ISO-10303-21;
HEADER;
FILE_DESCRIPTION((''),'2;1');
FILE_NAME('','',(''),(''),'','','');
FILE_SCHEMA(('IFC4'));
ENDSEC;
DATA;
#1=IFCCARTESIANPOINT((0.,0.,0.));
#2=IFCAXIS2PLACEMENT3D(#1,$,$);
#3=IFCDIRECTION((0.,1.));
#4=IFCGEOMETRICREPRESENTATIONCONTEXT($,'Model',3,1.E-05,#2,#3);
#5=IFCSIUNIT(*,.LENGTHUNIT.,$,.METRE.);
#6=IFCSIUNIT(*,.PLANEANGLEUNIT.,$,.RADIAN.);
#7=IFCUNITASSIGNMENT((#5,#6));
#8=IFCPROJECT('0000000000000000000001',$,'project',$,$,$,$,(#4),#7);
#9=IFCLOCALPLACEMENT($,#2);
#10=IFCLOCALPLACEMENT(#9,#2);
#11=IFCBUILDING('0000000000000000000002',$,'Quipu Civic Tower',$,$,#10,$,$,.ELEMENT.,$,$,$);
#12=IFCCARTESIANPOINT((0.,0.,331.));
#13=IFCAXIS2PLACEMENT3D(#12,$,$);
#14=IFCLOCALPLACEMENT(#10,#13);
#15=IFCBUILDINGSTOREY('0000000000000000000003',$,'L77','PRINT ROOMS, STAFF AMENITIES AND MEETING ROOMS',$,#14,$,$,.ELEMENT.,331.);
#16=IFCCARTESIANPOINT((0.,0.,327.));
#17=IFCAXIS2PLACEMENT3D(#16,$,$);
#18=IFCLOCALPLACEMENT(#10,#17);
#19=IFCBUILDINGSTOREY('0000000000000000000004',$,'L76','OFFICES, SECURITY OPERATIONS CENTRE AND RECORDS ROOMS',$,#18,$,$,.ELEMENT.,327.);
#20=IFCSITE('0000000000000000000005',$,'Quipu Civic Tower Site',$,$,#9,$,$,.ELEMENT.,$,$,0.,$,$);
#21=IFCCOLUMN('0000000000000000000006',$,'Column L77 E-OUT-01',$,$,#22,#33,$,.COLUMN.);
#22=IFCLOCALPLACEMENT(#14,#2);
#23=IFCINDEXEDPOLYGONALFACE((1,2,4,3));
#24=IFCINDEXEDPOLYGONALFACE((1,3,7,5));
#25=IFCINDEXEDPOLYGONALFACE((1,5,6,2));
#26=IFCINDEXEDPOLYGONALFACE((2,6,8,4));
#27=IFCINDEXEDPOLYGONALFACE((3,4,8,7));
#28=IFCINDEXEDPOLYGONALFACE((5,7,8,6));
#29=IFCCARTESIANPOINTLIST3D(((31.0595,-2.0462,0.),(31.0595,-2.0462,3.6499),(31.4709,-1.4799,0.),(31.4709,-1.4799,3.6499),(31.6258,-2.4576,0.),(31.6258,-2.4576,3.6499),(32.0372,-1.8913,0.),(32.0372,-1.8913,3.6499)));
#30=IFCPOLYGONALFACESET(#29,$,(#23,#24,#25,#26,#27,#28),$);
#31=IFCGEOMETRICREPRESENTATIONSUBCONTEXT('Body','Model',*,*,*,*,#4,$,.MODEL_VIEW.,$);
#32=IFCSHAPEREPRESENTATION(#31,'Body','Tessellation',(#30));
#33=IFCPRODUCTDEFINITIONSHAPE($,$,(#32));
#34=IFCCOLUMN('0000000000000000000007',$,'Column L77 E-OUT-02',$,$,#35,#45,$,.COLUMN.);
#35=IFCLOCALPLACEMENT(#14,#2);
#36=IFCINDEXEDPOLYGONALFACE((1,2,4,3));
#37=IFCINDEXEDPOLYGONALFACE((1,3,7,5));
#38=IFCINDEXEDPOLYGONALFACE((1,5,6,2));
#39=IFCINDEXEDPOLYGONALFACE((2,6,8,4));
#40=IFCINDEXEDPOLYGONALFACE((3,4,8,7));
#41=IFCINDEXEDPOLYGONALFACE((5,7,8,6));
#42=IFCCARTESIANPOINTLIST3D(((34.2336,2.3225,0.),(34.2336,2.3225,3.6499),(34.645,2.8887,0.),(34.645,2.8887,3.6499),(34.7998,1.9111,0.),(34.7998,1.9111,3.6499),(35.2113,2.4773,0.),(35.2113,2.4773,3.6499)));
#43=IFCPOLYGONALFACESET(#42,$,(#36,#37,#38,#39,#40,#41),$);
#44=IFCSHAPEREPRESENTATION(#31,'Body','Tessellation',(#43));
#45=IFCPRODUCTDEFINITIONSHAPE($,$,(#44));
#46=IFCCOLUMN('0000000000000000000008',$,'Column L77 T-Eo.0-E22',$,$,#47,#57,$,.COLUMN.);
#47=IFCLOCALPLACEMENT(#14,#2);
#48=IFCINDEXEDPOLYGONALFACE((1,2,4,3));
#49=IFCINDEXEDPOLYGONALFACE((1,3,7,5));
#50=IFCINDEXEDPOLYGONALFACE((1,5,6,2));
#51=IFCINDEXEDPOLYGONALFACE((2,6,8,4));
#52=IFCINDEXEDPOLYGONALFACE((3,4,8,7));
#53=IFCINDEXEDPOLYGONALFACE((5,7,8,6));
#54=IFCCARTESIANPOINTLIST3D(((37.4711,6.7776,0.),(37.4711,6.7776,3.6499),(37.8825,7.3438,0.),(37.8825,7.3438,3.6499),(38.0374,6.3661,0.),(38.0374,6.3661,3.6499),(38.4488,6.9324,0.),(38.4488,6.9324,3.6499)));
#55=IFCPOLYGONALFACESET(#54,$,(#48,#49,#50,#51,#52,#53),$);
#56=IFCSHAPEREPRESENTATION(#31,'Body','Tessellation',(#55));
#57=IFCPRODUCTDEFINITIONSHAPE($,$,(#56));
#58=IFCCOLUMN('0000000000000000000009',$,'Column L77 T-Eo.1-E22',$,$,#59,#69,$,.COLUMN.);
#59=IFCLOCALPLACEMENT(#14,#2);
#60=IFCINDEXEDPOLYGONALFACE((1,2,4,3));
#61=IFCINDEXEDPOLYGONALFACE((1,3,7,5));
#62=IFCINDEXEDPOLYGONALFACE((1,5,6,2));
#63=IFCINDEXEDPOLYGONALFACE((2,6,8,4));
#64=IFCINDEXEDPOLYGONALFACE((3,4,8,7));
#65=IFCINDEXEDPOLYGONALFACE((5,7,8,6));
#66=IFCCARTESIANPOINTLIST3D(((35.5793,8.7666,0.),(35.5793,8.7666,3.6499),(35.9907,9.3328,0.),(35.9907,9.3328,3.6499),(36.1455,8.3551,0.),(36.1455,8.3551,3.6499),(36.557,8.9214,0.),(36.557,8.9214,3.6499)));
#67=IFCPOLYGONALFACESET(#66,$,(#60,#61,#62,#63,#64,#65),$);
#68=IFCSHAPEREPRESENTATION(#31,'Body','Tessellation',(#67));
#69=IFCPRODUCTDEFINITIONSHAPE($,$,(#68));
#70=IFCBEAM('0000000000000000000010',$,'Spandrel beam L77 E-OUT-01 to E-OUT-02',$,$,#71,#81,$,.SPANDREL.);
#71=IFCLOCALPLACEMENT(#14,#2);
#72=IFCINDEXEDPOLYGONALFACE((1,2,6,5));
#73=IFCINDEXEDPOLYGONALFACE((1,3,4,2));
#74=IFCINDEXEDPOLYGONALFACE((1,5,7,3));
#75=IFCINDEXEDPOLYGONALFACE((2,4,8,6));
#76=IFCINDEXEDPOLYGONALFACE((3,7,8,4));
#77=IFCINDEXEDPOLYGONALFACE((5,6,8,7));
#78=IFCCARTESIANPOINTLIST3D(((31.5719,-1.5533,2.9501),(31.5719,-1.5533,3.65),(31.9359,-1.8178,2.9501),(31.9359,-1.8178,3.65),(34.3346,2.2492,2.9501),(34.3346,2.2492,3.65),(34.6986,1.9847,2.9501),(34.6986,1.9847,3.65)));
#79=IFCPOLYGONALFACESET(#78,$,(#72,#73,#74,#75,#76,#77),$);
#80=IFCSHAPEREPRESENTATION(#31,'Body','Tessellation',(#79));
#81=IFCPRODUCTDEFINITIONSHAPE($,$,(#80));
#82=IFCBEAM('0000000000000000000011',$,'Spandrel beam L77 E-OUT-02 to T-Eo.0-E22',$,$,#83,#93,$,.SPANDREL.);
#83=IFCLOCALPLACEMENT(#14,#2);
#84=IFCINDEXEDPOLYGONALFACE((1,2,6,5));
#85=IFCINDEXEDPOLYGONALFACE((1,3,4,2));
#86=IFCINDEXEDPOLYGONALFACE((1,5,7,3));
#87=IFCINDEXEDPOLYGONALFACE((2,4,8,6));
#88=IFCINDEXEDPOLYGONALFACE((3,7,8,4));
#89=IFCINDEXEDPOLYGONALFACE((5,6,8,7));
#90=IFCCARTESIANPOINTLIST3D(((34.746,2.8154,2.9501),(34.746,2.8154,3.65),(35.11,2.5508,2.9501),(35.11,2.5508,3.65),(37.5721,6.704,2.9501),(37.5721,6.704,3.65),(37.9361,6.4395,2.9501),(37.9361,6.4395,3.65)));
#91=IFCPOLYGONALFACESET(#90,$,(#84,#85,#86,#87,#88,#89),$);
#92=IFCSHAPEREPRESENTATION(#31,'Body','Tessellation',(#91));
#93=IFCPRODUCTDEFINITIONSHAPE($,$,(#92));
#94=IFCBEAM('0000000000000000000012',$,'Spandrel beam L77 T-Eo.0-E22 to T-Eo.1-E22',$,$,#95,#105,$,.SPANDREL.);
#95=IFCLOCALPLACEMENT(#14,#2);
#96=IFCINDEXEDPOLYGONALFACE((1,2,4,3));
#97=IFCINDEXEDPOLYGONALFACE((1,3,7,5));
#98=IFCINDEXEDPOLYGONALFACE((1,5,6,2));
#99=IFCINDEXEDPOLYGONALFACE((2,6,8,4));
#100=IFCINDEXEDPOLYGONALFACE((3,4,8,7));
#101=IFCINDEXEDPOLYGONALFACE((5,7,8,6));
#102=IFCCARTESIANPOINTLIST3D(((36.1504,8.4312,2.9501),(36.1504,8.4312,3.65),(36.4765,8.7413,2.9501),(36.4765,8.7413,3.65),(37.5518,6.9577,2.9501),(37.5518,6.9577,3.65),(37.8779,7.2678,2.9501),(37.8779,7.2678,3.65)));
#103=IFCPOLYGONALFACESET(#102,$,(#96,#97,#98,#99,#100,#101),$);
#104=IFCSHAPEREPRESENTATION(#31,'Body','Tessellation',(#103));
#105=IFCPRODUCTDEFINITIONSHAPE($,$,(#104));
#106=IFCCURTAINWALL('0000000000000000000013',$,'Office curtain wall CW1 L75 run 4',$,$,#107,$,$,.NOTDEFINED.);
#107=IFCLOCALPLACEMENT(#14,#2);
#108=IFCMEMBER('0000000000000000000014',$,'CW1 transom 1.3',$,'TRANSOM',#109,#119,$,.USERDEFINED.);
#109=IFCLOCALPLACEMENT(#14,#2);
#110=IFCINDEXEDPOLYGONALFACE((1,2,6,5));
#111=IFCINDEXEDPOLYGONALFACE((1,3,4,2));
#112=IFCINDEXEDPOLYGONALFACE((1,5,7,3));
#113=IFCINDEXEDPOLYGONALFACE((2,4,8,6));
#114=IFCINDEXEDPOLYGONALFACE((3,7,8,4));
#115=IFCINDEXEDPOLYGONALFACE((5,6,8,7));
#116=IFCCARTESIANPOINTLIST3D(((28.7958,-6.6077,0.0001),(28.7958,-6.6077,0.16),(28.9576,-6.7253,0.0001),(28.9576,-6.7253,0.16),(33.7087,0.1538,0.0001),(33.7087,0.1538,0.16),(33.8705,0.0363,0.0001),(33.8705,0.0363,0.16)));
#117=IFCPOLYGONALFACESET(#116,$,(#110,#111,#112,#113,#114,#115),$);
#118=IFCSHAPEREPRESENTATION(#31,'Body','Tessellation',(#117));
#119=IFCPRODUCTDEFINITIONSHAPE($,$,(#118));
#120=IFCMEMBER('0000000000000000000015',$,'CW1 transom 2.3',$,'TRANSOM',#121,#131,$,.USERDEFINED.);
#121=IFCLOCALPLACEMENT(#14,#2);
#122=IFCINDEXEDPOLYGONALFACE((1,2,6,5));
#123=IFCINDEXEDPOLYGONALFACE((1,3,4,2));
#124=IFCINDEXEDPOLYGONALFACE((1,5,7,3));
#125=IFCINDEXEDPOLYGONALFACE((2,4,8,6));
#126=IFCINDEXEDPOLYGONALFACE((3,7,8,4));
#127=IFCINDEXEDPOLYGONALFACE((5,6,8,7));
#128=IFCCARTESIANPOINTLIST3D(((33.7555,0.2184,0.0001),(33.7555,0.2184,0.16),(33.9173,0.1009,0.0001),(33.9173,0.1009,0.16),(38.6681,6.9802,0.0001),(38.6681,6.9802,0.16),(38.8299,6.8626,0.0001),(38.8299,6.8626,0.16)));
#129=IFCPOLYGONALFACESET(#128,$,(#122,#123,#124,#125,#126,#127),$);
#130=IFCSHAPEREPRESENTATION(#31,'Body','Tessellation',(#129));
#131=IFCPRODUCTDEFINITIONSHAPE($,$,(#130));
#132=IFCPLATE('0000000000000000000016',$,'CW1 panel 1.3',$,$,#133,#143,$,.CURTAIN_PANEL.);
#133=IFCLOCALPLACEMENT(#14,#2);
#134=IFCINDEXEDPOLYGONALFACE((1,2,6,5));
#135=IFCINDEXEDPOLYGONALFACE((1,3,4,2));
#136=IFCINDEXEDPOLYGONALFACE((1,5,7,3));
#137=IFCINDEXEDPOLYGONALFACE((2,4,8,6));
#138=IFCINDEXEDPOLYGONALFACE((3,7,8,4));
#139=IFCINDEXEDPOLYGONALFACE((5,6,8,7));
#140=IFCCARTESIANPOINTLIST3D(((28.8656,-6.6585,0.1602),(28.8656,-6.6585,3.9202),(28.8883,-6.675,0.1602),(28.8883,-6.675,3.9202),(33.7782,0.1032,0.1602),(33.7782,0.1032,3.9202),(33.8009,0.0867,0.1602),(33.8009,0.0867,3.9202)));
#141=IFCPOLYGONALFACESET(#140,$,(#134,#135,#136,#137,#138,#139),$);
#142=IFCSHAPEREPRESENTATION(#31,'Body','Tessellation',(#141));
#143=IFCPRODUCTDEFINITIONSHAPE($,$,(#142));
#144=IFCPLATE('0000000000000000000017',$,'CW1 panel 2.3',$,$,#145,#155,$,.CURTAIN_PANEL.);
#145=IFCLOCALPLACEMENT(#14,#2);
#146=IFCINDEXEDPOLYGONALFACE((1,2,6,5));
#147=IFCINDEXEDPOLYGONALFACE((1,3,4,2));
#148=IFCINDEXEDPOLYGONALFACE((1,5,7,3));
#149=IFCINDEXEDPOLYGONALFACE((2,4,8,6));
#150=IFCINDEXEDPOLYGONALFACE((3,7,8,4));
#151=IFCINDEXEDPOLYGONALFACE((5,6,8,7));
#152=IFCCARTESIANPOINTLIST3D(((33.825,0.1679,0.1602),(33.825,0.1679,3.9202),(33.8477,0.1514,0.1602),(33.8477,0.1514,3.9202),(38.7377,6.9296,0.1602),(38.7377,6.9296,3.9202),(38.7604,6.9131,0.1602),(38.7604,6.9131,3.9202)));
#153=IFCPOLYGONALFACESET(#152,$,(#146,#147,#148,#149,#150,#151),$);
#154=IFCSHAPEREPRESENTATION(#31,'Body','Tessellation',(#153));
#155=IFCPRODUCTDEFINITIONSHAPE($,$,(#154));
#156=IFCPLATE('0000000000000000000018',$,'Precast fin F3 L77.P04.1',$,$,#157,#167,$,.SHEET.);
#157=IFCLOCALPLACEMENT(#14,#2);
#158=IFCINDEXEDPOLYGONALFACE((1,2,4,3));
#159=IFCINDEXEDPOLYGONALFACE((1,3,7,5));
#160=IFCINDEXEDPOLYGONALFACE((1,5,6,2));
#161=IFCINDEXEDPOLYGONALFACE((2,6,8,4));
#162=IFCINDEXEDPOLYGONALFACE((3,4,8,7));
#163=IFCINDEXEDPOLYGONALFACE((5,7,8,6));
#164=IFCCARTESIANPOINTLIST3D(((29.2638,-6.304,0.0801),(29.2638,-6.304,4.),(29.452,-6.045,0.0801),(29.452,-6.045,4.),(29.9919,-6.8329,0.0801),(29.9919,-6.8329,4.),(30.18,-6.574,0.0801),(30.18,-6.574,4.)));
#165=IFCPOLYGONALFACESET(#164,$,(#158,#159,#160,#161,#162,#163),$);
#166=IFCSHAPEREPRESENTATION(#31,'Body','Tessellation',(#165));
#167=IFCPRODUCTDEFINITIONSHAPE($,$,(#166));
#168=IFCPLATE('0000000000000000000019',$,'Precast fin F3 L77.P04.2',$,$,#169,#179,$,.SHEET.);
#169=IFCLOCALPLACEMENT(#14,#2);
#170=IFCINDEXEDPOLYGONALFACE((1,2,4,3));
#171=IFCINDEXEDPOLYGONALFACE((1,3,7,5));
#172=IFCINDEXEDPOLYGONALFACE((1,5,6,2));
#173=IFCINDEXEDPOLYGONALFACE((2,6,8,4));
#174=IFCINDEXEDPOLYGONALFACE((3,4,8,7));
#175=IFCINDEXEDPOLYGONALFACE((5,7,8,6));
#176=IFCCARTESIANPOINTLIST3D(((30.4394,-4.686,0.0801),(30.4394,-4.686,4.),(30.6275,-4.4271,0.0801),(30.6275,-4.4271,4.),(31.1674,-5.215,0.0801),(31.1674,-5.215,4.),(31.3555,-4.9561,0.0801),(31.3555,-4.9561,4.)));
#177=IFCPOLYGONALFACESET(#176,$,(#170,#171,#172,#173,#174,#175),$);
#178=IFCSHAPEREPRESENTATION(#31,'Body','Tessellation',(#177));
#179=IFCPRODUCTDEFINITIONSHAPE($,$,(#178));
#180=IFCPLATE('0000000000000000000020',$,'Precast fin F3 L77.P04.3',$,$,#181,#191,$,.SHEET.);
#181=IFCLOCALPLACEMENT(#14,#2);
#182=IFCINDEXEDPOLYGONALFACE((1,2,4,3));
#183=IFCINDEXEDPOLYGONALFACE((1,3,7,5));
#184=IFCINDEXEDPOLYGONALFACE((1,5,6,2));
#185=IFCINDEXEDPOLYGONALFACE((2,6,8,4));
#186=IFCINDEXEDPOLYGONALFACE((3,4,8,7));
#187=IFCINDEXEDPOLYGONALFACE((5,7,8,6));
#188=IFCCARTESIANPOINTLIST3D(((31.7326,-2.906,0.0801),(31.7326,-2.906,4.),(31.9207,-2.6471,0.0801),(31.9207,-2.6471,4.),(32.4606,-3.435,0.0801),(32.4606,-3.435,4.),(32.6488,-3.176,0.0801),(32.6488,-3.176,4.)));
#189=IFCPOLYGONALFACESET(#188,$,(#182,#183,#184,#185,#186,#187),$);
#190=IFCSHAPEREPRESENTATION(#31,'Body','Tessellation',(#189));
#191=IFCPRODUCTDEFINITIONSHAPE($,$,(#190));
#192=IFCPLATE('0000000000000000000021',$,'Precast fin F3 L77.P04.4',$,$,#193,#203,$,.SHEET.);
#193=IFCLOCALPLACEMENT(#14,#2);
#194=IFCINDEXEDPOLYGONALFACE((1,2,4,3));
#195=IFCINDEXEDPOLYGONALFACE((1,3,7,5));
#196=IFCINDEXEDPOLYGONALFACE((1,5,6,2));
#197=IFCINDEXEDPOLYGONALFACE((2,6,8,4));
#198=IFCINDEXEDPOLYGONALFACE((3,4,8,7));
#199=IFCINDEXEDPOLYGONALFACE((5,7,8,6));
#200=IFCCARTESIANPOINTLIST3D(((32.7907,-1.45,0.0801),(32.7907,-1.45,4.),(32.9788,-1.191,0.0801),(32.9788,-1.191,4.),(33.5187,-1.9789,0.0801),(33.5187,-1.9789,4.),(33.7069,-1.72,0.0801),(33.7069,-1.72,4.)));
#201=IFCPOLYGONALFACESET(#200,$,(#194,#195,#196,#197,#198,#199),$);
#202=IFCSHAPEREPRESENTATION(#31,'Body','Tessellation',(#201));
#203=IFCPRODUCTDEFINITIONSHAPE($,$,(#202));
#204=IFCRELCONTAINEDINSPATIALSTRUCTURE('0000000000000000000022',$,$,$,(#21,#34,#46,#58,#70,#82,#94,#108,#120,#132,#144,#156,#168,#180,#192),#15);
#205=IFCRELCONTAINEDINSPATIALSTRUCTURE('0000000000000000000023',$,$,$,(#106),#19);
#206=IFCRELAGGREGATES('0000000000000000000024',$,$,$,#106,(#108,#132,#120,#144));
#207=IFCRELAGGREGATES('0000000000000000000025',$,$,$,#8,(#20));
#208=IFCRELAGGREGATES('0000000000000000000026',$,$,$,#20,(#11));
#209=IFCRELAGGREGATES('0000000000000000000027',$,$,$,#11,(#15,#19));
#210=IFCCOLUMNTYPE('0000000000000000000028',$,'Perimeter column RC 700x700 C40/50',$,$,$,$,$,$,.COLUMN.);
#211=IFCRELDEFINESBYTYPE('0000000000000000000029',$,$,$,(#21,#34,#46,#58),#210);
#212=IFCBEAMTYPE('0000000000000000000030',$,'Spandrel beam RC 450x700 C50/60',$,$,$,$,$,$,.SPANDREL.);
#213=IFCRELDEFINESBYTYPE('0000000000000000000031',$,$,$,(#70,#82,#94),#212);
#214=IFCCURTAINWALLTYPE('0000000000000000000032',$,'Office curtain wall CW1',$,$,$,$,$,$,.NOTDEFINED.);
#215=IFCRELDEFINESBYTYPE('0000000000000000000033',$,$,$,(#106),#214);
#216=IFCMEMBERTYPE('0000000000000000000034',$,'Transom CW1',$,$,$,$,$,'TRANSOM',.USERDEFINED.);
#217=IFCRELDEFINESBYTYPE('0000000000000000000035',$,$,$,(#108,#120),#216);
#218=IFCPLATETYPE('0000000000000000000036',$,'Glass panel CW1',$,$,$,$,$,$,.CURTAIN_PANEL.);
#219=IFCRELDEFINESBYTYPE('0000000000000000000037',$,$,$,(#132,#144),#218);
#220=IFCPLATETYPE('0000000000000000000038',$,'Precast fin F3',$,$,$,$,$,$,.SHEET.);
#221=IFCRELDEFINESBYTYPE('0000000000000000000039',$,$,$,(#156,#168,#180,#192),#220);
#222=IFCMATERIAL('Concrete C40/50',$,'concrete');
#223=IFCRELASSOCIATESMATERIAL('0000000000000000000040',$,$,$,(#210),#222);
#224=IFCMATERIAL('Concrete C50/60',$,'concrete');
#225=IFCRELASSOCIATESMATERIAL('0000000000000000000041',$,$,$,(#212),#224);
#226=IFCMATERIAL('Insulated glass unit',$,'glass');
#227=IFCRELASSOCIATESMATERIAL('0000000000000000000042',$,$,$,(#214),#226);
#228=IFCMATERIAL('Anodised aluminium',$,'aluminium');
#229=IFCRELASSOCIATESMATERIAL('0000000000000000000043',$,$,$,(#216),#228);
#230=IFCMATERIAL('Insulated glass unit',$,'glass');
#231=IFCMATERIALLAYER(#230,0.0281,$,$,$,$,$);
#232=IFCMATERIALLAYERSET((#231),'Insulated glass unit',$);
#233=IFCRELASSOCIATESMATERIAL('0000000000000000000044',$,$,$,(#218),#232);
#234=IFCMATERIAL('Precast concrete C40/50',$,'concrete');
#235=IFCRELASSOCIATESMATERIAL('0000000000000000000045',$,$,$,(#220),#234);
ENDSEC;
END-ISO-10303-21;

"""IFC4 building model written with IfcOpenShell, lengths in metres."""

from ifc_helpers import new_model, si_unit, direction, frame, origin, origin_2d, place, context, subcontext, project, spatial, rectangle, extrude, material, layer, layer_set, material_profile, profile_set, type_object, element, aggregate, save


model = new_model("IFC4")

# Units and contexts
model_context = context("Model", 3, precision=1e-05, world=origin(), true_north=direction((0.0, 1.0)))
body_context = subcontext(model_context, "Body", "Model", "MODEL_VIEW")
ifc_project = project(units=[si_unit("LENGTHUNIT", "METRE"), si_unit("PLANEANGLEUNIT", "RADIAN")], contexts=[model_context])

# Site, building, storey
site_placement = place(None, origin())
site = spatial("IfcSite", under=ifc_project, at=site_placement, Name="Quipu Civic Tower Site", CompositionType="ELEMENT", RefElevation=0.0)
building_placement = place(site_placement, origin())
building = spatial("IfcBuilding", under=site, at=building_placement, Name="Quipu Civic Tower", CompositionType="ELEMENT")
storey_1_placement = place(building_placement, frame((0.0, 0.0, 331.0)))
storey_1 = spatial("IfcBuildingStorey", under=building, at=storey_1_placement, Name="L77", Description="PRINT ROOMS, STAFF AMENITIES AND MEETING ROOMS", CompositionType="ELEMENT", Elevation=331.0)

# Columns
ifc_material_1 = material(Name="Concrete C40/50", Category="concrete")
ifc_material_profile_1 = material_profile(ifc_material_1, rectangle(XDim=0.7, YDim=0.7, at=origin_2d()), Name="RC700x700")
ifc_profile_set_1 = profile_set([ifc_material_profile_1], Name="Concrete C40/50")
column_type = type_object("IfcColumnType", Name="Perimeter column RC 700x700 C40/50", PredefinedType="COLUMN", material=ifc_profile_set_1)
for number, where, z_axis, x_axis, name in (
    (1, (31.5483, -1.9688, 0.0), (0.0, 0.0, 1.0), (0.587785, 0.809017, 0.0), "Column L77 E-OUT-01"),
    (2, (34.7224, 2.3999, 0.0), (0.0, 0.0, 1.0), (0.587785, 0.809017, 0.0), "Column L77 E-OUT-02"),
    (3, (37.96, 6.855, 0.0), (0.0, 0.0, 1.0), (0.587785, 0.809017, 0.0), "Column L77 T-Eo.0-E22"),
    (4, (36.0681, 8.844, 0.0), (0.0, 0.0, 1.0), (0.587785, 0.809017, 0.0), "Column L77 T-Eo.1-E22"),
):
    element("IfcColumn", number, at=place(storey_1_placement, frame(where, z_axis=z_axis, x_axis=x_axis)), inside=storey_1, type_object=column_type, Name=name, PredefinedType="COLUMN", context=body_context, shape_type="SweptSolid", body=[
        extrude(rectangle(XDim=0.7, YDim=0.7, at=origin_2d()), origin(), (0.0, 0.0, 1.0), 3.6499),
    ])

# Beams
ifc_material_2 = material(Name="Concrete C50/60", Category="concrete")
ifc_material_profile_2 = material_profile(ifc_material_2, rectangle(XDim=0.45, YDim=0.7, at=origin_2d()), Name="RC450x700")
ifc_profile_set_2 = profile_set([ifc_material_profile_2], Name="Concrete C50/60")
beam_type = type_object("IfcBeamType", Name="Spandrel beam RC 450x700 C50/60", PredefinedType="SPANDREL", material=ifc_profile_set_2)
beam_1_placement = place(storey_1_placement, frame((31.7539, -1.6855, 3.3), z_axis=(0.587789, 0.809015, 0.0), x_axis=(-0.809015, 0.587789, 0.0)))
element("IfcBeam", 5, at=beam_1_placement, inside=storey_1, type_object=beam_type, Name="Spandrel beam L77 E-OUT-01 to E-OUT-02", PredefinedType="SPANDREL", context=body_context, shape_type="SweptSolid", body=[
    extrude(rectangle(XDim=0.45, YDim=0.7, at=origin_2d()), origin(), (0.0, 0.0, 1.0), 4.7002),
])
beam_2_placement = place(storey_1_placement, frame((34.928, 2.6831, 3.3), z_axis=(0.587906, 0.808929, 0.0), x_axis=(-0.808929, 0.587906, 0.0)))
element("IfcBeam", 6, at=beam_2_placement, inside=storey_1, type_object=beam_type, Name="Spandrel beam L77 E-OUT-02 to T-Eo.0-E22", PredefinedType="SPANDREL", context=body_context, shape_type="SweptSolid", body=[
    extrude(rectangle(XDim=0.45, YDim=0.7, at=origin_2d()), origin(), (0.0, 0.0, 1.0), 4.8071),
])
beam_3_placement = place(storey_1_placement, frame((37.7148, 7.1128, 3.3), z_axis=(-0.689175, 0.724595, 0.0), x_axis=(-0.724595, -0.689175, 0.0)))
element("IfcBeam", 7, at=beam_3_placement, inside=storey_1, type_object=beam_type, Name="Spandrel beam L77 T-Eo.0-E22 to T-Eo.1-E22", PredefinedType="SPANDREL", context=body_context, shape_type="SweptSolid", body=[
    extrude(rectangle(XDim=0.45, YDim=0.7, at=origin_2d()), origin(), (0.0, 0.0, 1.0), 2.0334),
])

# Shared definitions
storey_2_placement = place(building_placement, frame((0.0, 0.0, 327.0)))
storey_2 = spatial("IfcBuildingStorey", under=building, at=storey_2_placement, Name="L76", Description="OFFICES, SECURITY OPERATIONS CENTRE AND RECORDS ROOMS", CompositionType="ELEMENT", Elevation=327.0)

# Curtain wall, members, plates
ifc_material_3 = material(Name="Insulated glass unit", Category="glass")
curtain_wall_type = type_object("IfcCurtainWallType", Name="Office curtain wall CW1", PredefinedType="NOTDEFINED", material=ifc_material_3)
curtain_wall_placement = place(storey_2_placement, origin())
curtain_wall = element("IfcCurtainWall", 8, at=curtain_wall_placement, inside=storey_2, type_object=curtain_wall_type, Name="Office curtain wall CW1 L75 run 4", PredefinedType="NOTDEFINED")
ifc_material_4 = material(Name="Anodised aluminium", Category="aluminium")
ifc_material_profile_3 = material_profile(ifc_material_4, rectangle(XDim=0.2, YDim=0.1599, at=origin_2d()), Name="RECT 200x160")
ifc_profile_set_3 = profile_set([ifc_material_profile_3], Name="Anodised aluminium")
member_type = type_object("IfcMemberType", Name="Transom CW1", ElementType="TRANSOM", PredefinedType="USERDEFINED", material=ifc_profile_set_3)
member_1_placement = place(storey_1_placement, frame((28.8767, -6.6665, 0.0801), z_axis=(0.587812, 0.808997, 0.0), x_axis=(-0.808997, 0.587812, 0.0)))
member_1 = element("IfcMember", 9, at=member_1_placement, inside=storey_1, type_object=member_type, Name="CW1 transom 1.3", ObjectType="TRANSOM", PredefinedType="USERDEFINED", context=body_context, shape_type="SweptSolid", body=[
    extrude(rectangle(XDim=0.2, YDim=0.1599, at=origin_2d()), origin(), (0.0, 0.0, 1.0), 8.3579),
])
member_2_placement = place(storey_1_placement, frame((33.8364, 0.1597, 0.0801), z_axis=(0.587779, 0.809021, 0.0), x_axis=(-0.809021, 0.587779, 0.0)))
member_2 = element("IfcMember", 10, at=member_2_placement, inside=storey_1, type_object=member_type, Name="CW1 transom 2.3", ObjectType="TRANSOM", PredefinedType="USERDEFINED", context=body_context, shape_type="SweptSolid", body=[
    extrude(rectangle(XDim=0.2, YDim=0.1599, at=origin_2d()), origin(), (0.0, 0.0, 1.0), 8.3579),
])
ifc_material_5 = material(Name="Insulated glass unit", Category="glass")
ifc_layer = layer(ifc_material_5, 0.0281)
ifc_layer_set = layer_set([ifc_layer], Name="Insulated glass unit")
plate_type_1 = type_object("IfcPlateType", Name="Glass panel CW1", PredefinedType="CURTAIN_PANEL", material=ifc_layer_set)
plate_1_placement = place(storey_1_placement, frame((31.3333, -3.2859, 0.1602), z_axis=(0.0, 0.0, 1.0), x_axis=(0.587786, 0.809016, 0.0)))
plate_1 = element("IfcPlate", 11, at=plate_1_placement, inside=storey_1, type_object=plate_type_1, Name="CW1 panel 1.3", PredefinedType="CURTAIN_PANEL", context=body_context, shape_type="SweptSolid", body=[
    extrude(rectangle(XDim=8.3579, YDim=0.0281, at=origin_2d()), origin(), (0.0, 0.0, 1.0), 3.76),
])
plate_2_placement = place(storey_1_placement, frame((36.2927, 3.5405, 0.1602), z_axis=(0.0, 0.0, 1.0), x_axis=(0.587786, 0.809016, 0.0)))
plate_2 = element("IfcPlate", 12, at=plate_2_placement, inside=storey_1, type_object=plate_type_1, Name="CW1 panel 2.3", PredefinedType="CURTAIN_PANEL", context=body_context, shape_type="SweptSolid", body=[
    extrude(rectangle(XDim=8.3579, YDim=0.0281, at=origin_2d()), origin(), (0.0, 0.0, 1.0), 3.76),
])
aggregate(curtain_wall, [member_1, plate_1, member_2, plate_2])

# Plates
ifc_material_6 = material(Name="Precast concrete C40/50", Category="concrete")
plate_type_2 = type_object("IfcPlateType", Name="Precast fin F3", PredefinedType="SHEET", material=ifc_material_6)
for number, where, z_axis, x_axis, name in (
    (13, (29.7219, -6.439, 0.0801), (0.0, 0.0, 1.0), (0.587787, 0.809016, 0.0), "Precast fin F3 L77.P04.1"),
    (14, (30.8975, -4.821, 0.0801), (0.0, 0.0, 1.0), (0.587787, 0.809016, 0.0), "Precast fin F3 L77.P04.2"),
    (15, (32.1907, -3.041, 0.0801), (0.0, 0.0, 1.0), (0.587787, 0.809016, 0.0), "Precast fin F3 L77.P04.3"),
    (16, (33.2488, -1.585, 0.0801), (0.0, 0.0, 1.0), (0.587787, 0.809016, 0.0), "Precast fin F3 L77.P04.4"),
):
    element("IfcPlate", number, at=place(storey_1_placement, frame(where, z_axis=z_axis, x_axis=x_axis)), inside=storey_1, type_object=plate_type_2, Name=name, PredefinedType="SHEET", context=body_context, shape_type="SweptSolid", body=[
        extrude(rectangle(XDim=0.3201, YDim=0.8999, at=origin_2d()), origin(), (0.0, 0.0, 1.0), 3.9199),
    ])

save(model, "model.ifc")
